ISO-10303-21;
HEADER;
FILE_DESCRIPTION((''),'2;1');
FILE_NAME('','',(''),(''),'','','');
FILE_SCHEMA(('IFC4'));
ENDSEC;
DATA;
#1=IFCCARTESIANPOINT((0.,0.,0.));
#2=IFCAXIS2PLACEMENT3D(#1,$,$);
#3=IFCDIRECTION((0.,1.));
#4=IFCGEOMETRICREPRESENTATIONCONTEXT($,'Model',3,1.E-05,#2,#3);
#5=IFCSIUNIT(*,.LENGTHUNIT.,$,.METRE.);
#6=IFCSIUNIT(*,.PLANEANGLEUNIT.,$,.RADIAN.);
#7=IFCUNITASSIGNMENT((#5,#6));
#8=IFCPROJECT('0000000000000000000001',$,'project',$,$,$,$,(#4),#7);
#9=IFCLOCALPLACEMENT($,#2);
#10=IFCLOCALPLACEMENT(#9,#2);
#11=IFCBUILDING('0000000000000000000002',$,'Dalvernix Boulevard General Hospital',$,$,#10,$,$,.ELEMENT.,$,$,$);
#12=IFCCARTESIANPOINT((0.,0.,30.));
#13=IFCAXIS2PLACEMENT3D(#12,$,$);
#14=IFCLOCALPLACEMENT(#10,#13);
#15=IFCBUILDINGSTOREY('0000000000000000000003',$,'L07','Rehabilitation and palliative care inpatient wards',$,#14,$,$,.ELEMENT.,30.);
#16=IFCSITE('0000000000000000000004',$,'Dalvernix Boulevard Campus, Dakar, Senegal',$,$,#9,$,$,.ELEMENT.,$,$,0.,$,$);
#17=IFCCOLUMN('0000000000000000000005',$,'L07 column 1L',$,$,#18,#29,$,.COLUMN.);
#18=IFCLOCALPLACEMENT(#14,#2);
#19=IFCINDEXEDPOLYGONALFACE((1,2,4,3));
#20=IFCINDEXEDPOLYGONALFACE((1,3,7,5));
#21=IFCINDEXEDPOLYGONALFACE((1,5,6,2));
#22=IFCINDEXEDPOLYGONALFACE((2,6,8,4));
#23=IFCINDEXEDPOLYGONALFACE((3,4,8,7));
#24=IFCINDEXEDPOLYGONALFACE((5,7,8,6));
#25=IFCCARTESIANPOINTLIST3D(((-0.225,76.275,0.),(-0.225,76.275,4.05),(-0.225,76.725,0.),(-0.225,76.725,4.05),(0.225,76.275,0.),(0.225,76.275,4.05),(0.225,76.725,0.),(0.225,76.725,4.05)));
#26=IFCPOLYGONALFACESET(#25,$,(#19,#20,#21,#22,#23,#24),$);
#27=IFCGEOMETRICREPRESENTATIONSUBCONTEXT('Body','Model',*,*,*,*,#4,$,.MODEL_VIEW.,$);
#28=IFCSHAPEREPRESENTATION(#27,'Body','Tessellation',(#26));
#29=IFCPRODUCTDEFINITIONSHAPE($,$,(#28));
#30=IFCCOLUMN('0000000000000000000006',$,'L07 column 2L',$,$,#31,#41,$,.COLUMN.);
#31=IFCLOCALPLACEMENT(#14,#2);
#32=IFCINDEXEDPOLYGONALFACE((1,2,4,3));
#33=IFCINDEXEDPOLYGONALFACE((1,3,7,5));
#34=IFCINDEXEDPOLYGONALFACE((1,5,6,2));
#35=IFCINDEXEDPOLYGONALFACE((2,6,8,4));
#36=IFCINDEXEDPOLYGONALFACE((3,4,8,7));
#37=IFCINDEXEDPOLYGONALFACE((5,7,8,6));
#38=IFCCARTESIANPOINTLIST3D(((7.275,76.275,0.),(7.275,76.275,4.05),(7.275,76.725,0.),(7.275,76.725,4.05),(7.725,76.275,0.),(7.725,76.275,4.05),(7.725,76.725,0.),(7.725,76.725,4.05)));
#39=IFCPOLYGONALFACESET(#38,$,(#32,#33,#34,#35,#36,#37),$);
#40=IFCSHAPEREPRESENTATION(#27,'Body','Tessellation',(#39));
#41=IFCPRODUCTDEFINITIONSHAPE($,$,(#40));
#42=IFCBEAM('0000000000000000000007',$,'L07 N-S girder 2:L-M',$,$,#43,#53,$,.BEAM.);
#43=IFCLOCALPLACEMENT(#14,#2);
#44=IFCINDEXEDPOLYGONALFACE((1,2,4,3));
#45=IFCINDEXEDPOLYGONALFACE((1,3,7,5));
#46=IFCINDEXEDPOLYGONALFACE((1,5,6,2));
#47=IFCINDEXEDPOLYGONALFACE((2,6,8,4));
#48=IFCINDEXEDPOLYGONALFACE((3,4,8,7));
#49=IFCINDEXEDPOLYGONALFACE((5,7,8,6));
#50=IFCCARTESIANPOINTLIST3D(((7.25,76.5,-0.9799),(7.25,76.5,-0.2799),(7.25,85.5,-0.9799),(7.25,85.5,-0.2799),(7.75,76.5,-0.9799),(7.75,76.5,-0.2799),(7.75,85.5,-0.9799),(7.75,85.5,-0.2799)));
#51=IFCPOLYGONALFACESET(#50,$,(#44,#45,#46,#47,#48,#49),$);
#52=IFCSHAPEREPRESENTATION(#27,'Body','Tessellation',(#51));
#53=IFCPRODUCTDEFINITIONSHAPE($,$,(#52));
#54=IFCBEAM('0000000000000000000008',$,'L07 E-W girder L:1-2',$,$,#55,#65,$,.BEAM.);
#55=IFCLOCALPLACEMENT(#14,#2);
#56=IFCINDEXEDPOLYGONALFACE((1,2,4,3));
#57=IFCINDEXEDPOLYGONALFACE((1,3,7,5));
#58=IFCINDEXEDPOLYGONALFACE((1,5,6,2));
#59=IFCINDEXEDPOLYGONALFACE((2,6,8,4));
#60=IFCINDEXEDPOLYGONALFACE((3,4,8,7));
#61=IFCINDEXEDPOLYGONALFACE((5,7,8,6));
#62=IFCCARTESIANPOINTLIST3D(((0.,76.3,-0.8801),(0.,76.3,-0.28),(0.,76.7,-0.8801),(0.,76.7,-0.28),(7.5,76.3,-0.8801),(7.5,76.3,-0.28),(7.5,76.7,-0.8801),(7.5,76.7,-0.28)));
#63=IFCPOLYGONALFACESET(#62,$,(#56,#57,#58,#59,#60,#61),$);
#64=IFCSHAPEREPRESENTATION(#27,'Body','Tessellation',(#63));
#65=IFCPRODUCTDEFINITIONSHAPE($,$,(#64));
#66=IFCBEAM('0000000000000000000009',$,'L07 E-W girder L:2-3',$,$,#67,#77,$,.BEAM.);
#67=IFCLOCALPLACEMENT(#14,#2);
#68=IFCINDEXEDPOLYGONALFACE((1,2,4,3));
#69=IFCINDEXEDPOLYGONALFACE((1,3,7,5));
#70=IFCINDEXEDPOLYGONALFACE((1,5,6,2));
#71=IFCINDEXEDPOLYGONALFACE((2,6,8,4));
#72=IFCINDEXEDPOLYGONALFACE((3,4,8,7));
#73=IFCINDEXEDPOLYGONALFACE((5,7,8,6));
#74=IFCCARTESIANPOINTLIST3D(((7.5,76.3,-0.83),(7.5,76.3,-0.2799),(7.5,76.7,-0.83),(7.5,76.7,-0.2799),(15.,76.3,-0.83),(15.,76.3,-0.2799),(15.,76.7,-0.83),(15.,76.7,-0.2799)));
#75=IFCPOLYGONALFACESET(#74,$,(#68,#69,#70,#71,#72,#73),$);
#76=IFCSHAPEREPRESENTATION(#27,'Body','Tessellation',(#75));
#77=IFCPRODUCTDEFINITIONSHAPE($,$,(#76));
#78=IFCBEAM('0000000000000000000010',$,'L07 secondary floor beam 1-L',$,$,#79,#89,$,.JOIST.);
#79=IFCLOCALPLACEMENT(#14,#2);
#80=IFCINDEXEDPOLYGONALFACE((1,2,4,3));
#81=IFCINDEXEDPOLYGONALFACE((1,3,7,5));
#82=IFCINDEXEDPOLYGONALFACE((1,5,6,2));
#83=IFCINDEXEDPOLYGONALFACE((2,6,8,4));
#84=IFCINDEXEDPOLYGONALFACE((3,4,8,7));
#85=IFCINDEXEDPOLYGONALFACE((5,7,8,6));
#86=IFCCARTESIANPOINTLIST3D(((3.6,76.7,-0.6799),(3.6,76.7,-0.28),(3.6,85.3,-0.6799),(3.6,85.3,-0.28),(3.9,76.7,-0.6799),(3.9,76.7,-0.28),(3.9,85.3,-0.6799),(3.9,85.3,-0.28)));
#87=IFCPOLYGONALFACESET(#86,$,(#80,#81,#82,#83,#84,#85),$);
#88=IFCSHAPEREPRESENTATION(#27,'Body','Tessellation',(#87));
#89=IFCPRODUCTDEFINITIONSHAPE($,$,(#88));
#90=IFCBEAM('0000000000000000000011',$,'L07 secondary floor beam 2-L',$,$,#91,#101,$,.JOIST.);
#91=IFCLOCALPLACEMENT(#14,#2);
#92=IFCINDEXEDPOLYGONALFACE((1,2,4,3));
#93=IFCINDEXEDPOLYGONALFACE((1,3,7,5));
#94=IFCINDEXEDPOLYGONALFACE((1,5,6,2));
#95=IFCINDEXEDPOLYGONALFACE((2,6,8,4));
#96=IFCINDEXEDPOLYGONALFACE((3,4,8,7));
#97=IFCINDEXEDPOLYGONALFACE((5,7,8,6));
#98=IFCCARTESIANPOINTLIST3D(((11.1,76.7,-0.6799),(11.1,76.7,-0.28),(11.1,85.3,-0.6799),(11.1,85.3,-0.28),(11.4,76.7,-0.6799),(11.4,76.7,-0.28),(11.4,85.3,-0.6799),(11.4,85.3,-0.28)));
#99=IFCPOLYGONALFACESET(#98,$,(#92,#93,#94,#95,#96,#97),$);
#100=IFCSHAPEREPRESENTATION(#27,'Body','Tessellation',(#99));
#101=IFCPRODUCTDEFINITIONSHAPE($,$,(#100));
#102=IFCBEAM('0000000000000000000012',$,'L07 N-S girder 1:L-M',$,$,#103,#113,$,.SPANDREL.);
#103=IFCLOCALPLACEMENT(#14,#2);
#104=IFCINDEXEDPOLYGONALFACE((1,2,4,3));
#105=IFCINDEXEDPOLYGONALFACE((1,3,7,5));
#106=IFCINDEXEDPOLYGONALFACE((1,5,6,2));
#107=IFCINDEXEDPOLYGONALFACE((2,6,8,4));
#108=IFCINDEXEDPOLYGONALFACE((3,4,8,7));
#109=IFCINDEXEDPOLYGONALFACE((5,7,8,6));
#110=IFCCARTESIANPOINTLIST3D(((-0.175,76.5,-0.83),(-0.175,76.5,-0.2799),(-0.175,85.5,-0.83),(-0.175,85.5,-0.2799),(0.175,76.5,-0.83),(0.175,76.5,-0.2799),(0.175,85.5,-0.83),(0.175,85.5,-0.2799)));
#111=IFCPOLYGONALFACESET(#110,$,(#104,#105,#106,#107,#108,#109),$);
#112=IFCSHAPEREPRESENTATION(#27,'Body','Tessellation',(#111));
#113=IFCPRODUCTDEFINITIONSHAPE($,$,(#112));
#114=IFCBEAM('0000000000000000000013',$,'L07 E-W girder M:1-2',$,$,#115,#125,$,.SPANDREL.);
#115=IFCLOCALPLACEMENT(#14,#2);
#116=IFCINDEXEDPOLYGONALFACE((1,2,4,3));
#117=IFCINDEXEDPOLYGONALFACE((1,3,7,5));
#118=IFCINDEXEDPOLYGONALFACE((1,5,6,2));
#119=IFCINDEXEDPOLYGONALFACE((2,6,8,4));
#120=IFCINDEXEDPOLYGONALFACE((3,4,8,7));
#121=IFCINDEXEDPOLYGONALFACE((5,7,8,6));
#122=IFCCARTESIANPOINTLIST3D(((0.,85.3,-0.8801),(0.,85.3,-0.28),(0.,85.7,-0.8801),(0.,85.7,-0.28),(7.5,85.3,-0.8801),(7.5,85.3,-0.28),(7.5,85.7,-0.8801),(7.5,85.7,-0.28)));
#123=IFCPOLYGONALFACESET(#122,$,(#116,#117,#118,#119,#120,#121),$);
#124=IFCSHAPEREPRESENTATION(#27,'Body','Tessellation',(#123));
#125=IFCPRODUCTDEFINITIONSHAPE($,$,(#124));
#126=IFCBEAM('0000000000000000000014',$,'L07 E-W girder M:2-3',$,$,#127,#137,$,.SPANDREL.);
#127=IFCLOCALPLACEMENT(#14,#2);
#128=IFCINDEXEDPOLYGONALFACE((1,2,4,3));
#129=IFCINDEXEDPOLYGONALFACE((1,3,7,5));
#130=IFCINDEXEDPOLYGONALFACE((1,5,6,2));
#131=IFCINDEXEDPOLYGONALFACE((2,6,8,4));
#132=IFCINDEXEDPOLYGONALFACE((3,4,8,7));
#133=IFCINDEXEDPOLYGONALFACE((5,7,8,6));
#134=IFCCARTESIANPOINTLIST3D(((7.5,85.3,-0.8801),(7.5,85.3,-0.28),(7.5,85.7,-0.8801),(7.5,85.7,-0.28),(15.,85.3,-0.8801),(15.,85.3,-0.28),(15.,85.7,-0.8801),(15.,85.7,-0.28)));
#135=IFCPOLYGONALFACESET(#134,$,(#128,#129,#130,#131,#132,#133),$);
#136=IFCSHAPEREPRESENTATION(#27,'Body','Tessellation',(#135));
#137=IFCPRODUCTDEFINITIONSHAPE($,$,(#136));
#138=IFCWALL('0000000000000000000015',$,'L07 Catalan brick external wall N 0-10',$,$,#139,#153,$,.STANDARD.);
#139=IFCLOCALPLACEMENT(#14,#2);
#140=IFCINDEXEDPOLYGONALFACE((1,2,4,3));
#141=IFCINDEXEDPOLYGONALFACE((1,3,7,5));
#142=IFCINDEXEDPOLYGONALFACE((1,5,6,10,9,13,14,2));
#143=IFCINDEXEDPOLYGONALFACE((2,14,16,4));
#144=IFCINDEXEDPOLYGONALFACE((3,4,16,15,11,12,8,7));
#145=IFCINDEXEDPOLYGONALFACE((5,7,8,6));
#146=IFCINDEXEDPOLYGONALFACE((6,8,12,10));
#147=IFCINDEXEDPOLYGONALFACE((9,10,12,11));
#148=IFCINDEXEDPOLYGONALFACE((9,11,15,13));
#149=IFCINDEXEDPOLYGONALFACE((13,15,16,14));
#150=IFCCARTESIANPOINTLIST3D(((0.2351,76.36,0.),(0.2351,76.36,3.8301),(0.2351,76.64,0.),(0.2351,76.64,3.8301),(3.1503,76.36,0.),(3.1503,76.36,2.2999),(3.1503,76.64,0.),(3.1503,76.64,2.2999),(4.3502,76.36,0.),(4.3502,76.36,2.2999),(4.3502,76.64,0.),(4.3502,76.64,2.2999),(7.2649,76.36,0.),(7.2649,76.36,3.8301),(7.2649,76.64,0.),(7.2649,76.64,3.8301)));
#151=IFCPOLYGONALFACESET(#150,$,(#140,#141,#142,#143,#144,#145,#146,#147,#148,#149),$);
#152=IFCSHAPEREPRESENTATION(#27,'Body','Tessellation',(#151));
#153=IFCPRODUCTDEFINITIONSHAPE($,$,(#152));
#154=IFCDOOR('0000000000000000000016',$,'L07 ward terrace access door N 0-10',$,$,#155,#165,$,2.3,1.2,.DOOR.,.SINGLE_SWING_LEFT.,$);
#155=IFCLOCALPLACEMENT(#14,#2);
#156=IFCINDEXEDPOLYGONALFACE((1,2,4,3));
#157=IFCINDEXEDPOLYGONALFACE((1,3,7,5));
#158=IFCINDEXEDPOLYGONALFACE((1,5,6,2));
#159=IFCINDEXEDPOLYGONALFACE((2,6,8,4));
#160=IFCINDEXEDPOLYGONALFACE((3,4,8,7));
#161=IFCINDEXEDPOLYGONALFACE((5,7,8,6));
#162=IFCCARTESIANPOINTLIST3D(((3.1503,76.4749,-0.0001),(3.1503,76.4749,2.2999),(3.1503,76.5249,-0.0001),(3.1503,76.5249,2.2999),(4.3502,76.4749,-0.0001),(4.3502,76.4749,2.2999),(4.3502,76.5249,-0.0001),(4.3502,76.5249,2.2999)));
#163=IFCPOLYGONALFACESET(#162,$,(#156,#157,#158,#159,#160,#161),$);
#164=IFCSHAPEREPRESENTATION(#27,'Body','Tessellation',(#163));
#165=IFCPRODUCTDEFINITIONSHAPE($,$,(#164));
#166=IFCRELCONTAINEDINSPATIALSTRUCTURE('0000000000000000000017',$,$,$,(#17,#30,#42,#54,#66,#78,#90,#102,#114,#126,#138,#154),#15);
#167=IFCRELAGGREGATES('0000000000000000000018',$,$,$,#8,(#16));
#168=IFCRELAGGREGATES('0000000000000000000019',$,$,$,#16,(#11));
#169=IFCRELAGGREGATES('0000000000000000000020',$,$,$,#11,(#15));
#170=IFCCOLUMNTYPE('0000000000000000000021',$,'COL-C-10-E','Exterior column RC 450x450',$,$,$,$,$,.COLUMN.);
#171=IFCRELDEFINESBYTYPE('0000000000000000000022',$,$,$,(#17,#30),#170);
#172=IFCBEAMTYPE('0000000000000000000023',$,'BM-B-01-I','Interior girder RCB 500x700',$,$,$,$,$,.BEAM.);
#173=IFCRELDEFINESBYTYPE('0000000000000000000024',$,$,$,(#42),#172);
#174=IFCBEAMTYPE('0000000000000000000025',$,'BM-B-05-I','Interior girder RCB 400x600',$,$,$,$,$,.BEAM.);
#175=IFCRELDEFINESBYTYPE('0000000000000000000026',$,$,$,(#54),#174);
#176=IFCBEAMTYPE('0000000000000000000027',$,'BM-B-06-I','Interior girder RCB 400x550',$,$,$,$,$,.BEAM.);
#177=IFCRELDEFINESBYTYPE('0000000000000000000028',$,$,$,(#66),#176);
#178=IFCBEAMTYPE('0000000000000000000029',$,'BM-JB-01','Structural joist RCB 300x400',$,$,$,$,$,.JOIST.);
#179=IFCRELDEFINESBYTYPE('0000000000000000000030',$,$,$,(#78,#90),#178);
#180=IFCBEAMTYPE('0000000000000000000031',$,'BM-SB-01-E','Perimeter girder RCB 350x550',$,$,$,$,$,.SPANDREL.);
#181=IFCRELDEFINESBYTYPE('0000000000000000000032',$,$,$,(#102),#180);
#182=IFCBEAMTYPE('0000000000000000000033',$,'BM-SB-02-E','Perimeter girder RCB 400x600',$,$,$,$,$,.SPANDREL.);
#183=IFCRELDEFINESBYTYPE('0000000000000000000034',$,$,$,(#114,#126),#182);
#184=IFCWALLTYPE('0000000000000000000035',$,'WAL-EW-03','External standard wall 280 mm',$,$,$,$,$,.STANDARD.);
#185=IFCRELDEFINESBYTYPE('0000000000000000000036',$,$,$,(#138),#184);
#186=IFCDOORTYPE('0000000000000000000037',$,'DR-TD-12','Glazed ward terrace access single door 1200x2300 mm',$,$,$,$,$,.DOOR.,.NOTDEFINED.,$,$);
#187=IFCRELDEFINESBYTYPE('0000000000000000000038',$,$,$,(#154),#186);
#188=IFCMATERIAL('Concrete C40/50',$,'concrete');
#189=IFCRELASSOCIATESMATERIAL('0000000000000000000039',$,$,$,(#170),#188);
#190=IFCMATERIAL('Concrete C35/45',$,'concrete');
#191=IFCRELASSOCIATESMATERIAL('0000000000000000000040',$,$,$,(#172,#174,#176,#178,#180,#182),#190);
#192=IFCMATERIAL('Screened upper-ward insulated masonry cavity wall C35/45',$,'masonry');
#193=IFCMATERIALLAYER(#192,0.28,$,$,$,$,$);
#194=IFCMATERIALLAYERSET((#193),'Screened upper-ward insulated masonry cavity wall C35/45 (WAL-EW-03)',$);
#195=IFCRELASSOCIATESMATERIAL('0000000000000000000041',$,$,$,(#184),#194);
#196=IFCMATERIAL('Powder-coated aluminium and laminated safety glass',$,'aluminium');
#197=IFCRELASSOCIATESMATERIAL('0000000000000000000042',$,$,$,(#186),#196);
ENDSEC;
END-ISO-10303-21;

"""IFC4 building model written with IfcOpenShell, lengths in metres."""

from ifc_helpers import new_model, si_unit, direction, frame, frame_2d, origin, origin_2d, place, context, subcontext, project, spatial, rectangle, extrude, material, layer, layer_set, material_profile, profile_set, type_object, element, fill, save


model = new_model("IFC4")

# Units and contexts
model_context = context("Model", 3, precision=1e-05, world=origin(), true_north=direction((0.0, 1.0)))
body_context = subcontext(model_context, "Body", "Model", "MODEL_VIEW")
ifc_project = project(units=[si_unit("LENGTHUNIT", "METRE"), si_unit("PLANEANGLEUNIT", "RADIAN")], contexts=[model_context])

# Site, building, storey
site_placement = place(None, origin())
site = spatial("IfcSite", under=ifc_project, at=site_placement, Name="Dalvernix Boulevard Campus, Dakar, Senegal", CompositionType="ELEMENT", RefElevation=0.0)
building_placement = place(site_placement, origin())
building = spatial("IfcBuilding", under=site, at=building_placement, Name="Dalvernix Boulevard General Hospital", CompositionType="ELEMENT")
storey_placement = place(building_placement, frame((0.0, 0.0, 30.0)))
storey = spatial("IfcBuildingStorey", under=building, at=storey_placement, Name="L07", Description="Rehabilitation and palliative care inpatient wards", CompositionType="ELEMENT", Elevation=30.0)

# Columns
ifc_material_1 = material(Name="Concrete C40/50", Category="concrete")
ifc_material_profile_1 = material_profile(ifc_material_1, rectangle(XDim=0.45, YDim=0.45, at=origin_2d()), Name="RC 450x450")
ifc_profile_set_1 = profile_set([ifc_material_profile_1], Name="Concrete C40/50")
column_type = type_object("IfcColumnType", Name="COL-C-10-E", Description="Exterior column RC 450x450", PredefinedType="COLUMN", material=ifc_profile_set_1)
for number, where, z_axis, x_axis, name in (
    (1, (0.0, 76.5, 0.0), (0.0, 0.0, 1.0), (1.0, 0.0, 0.0), "L07 column 1L"),
    (2, (7.5, 76.5, 0.0), (0.0, 0.0, 1.0), (1.0, 0.0, 0.0), "L07 column 2L"),
):
    element("IfcColumn", number, at=place(storey_placement, frame(where, z_axis=z_axis, x_axis=x_axis)), inside=storey, type_object=column_type, Name=name, PredefinedType="COLUMN", context=body_context, shape_type="SweptSolid", body=[
        extrude(rectangle(XDim=0.45, YDim=0.45, at=origin_2d()), origin(), (0.0, 0.0, 1.0), 4.05),
    ])

# Beams
ifc_material_2 = material(Name="Concrete C35/45", Category="concrete")
ifc_material_profile_2 = material_profile(ifc_material_2, rectangle(XDim=0.5, YDim=0.7, at=origin_2d()), Name="RCB 500x700")
ifc_profile_set_2 = profile_set([ifc_material_profile_2], Name="Concrete C35/45")
beam_type_1 = type_object("IfcBeamType", Name="BM-B-01-I", Description="Interior girder RCB 500x700", PredefinedType="BEAM", material=ifc_profile_set_2)
beam_1_placement = place(storey_placement, frame((7.5, 76.5, -0.6299), z_axis=(0.0, 1.0, 0.0), x_axis=(-1.0, 0.0, 0.0)))
element("IfcBeam", 3, at=beam_1_placement, inside=storey, type_object=beam_type_1, Name="L07 N-S girder 2:L-M", PredefinedType="BEAM", context=body_context, shape_type="SweptSolid", body=[
    extrude(rectangle(XDim=0.5, YDim=0.7, at=origin_2d()), origin(), (0.0, 0.0, 1.0), 9.0),
])
ifc_material_profile_3 = material_profile(ifc_material_2, rectangle(XDim=0.3999, YDim=0.6001, at=origin_2d()), Name="RCB 400x600")
ifc_profile_set_3 = profile_set([ifc_material_profile_3], Name="Concrete C35/45")
beam_type_2 = type_object("IfcBeamType", Name="BM-B-05-I", Description="Interior girder RCB 400x600", PredefinedType="BEAM", material=ifc_profile_set_3)
beam_2_placement = place(storey_placement, frame((0.0, 76.5, -0.5801), z_axis=(1.0, 0.0, 0.0), x_axis=(0.0, 1.0, 0.0)))
element("IfcBeam", 4, at=beam_2_placement, inside=storey, type_object=beam_type_2, Name="L07 E-W girder L:1-2", PredefinedType="BEAM", context=body_context, shape_type="SweptSolid", body=[
    extrude(rectangle(XDim=0.3999, YDim=0.6001, at=origin_2d()), origin(), (0.0, 0.0, 1.0), 7.5),
])
ifc_material_profile_4 = material_profile(ifc_material_2, rectangle(XDim=0.3999, YDim=0.55, at=origin_2d()), Name="RCB 400x550")
ifc_profile_set_4 = profile_set([ifc_material_profile_4], Name="Concrete C35/45")
beam_type_3 = type_object("IfcBeamType", Name="BM-B-06-I", Description="Interior girder RCB 400x550", PredefinedType="BEAM", material=ifc_profile_set_4)
beam_3_placement = place(storey_placement, frame((7.5, 76.5, -0.5549), z_axis=(1.0, 0.0, 0.0), x_axis=(0.0, 1.0, 0.0)))
element("IfcBeam", 5, at=beam_3_placement, inside=storey, type_object=beam_type_3, Name="L07 E-W girder L:2-3", PredefinedType="BEAM", context=body_context, shape_type="SweptSolid", body=[
    extrude(rectangle(XDim=0.3999, YDim=0.55, at=origin_2d()), origin(), (0.0, 0.0, 1.0), 7.5),
])
ifc_material_profile_5 = material_profile(ifc_material_2, rectangle(XDim=0.3, YDim=0.3999, at=origin_2d()), Name="RCB 300x400")
ifc_profile_set_5 = profile_set([ifc_material_profile_5], Name="Concrete C35/45")
beam_type_4 = type_object("IfcBeamType", Name="BM-JB-01", Description="Structural joist RCB 300x400", PredefinedType="JOIST", material=ifc_profile_set_5)
for number, where, z_axis, x_axis, name in (
    (6, (3.75, 76.7, -0.48), (0.0, 1.0, 0.0), (-1.0, 0.0, 0.0), "L07 secondary floor beam 1-L"),
    (7, (11.25, 76.7, -0.48), (0.0, 1.0, 0.0), (-1.0, 0.0, 0.0), "L07 secondary floor beam 2-L"),
):
    element("IfcBeam", number, at=place(storey_placement, frame(where, z_axis=z_axis, x_axis=x_axis)), inside=storey, type_object=beam_type_4, Name=name, PredefinedType="JOIST", context=body_context, shape_type="SweptSolid", body=[
        extrude(rectangle(XDim=0.3, YDim=0.3999, at=origin_2d()), origin(), (0.0, 0.0, 1.0), 8.6001),
    ])
ifc_material_profile_6 = material_profile(ifc_material_2, rectangle(XDim=0.3501, YDim=0.55, at=origin_2d()), Name="RCB 350x550")
ifc_profile_set_6 = profile_set([ifc_material_profile_6], Name="Concrete C35/45")
beam_type_5 = type_object("IfcBeamType", Name="BM-SB-01-E", Description="Perimeter girder RCB 350x550", PredefinedType="SPANDREL", material=ifc_profile_set_6)
beam_4_placement = place(storey_placement, frame((0.0, 76.5, -0.5549), z_axis=(0.0, 1.0, 0.0), x_axis=(-1.0, 0.0, 0.0)))
element("IfcBeam", 8, at=beam_4_placement, inside=storey, type_object=beam_type_5, Name="L07 N-S girder 1:L-M", PredefinedType="SPANDREL", context=body_context, shape_type="SweptSolid", body=[
    extrude(rectangle(XDim=0.3501, YDim=0.55, at=origin_2d()), origin(), (0.0, 0.0, 1.0), 9.0),
])
ifc_material_profile_7 = material_profile(ifc_material_2, rectangle(XDim=0.3999, YDim=0.6001, at=origin_2d()), Name="RCB 400x600")
ifc_profile_set_7 = profile_set([ifc_material_profile_7], Name="Concrete C35/45")
beam_type_6 = type_object("IfcBeamType", Name="BM-SB-02-E", Description="Perimeter girder RCB 400x600", PredefinedType="SPANDREL", material=ifc_profile_set_7)
for number, where, z_axis, x_axis, name in (
    (9, (0.0, 85.5, -0.5801), (1.0, 0.0, 0.0), (0.0, 1.0, 0.0), "L07 E-W girder M:1-2"),
    (10, (7.5, 85.5, -0.5801), (1.0, 0.0, 0.0), (0.0, 1.0, 0.0), "L07 E-W girder M:2-3"),
):
    element("IfcBeam", number, at=place(storey_placement, frame(where, z_axis=z_axis, x_axis=x_axis)), inside=storey, type_object=beam_type_6, Name=name, PredefinedType="SPANDREL", context=body_context, shape_type="SweptSolid", body=[
        extrude(rectangle(XDim=0.3999, YDim=0.6001, at=origin_2d()), origin(), (0.0, 0.0, 1.0), 7.5),
    ])

# Wall, opening, door
ifc_material_3 = material(Name="Screened upper-ward insulated masonry cavity wall C35/45", Category="masonry")
ifc_layer_1 = layer(ifc_material_3, 0.28)
ifc_layer_set_1 = layer_set([ifc_layer_1], Name="Screened upper-ward insulated masonry cavity wall C35/45 (WAL-EW-03)")
wall_type = type_object("IfcWallType", Name="WAL-EW-03", Description="External standard wall 280 mm", PredefinedType="STANDARD", material=ifc_layer_set_1)
wall_1_placement = place(storey_placement, frame((0.2351, 76.5, 0.0), z_axis=(0.0, 0.0, 1.0), x_axis=(1.0, 0.0, 0.0)))
wall_1 = element("IfcWall", 11, at=wall_1_placement, inside=storey, type_object=wall_type, Name="L07 Catalan brick external wall N 0-10", PredefinedType="STANDARD", context=body_context, shape_type="SweptSolid", body=[
    extrude(rectangle(XDim=7.0298, YDim=0.28, at=frame_2d((3.5149, 0.0))), origin(), (0.0, 0.0, 1.0), 3.8301),
])
opening_1_placement = place(wall_1_placement, frame((2.915, 0.0, 0.0)))
opening_1 = element("IfcOpeningElement", 12, at=opening_1_placement, cuts=wall_1, PredefinedType="OPENING", context=body_context, shape_type="SweptSolid", body=[
    extrude(rectangle(XDim=1.2, YDim=2.3, at=frame_2d((0.6001, 1.1499))), frame((0.0, 0.1499, 0.0), z_axis=(0.0, -1.0, 0.0), x_axis=(1.0, 0.0, 0.0)), (0.0, 0.0, 1.0), 0.3),
])
ifc_material_4 = material(Name="Powder-coated aluminium and laminated safety glass", Category="aluminium")
door_type_1 = type_object("IfcDoorType", Name="DR-TD-12", Description="Glazed ward terrace access single door 1200x2300 mm", OperationType="NOTDEFINED", PredefinedType="DOOR", material=ifc_material_4)
door_1_placement = place(opening_1_placement, origin())
door_1 = element("IfcDoor", 13, at=door_1_placement, inside=storey, type_object=door_type_1, Name="L07 ward terrace access door N 0-10", OperationType="SINGLE_SWING_LEFT", OverallHeight=2.3, OverallWidth=1.2, PredefinedType="DOOR", context=body_context, shape_type="SweptSolid", body=[
    extrude(rectangle(XDim=1.2, YDim=2.3, at=frame_2d((0.6001, 1.1499))), frame((0.0, 0.0249, 0.0), z_axis=(0.0, -1.0, 0.0), x_axis=(1.0, 0.0, 0.0)), (0.0, 0.0, 1.0), 0.05),
])
fill(opening_1, door_1)

save(model, "model.ifc")
